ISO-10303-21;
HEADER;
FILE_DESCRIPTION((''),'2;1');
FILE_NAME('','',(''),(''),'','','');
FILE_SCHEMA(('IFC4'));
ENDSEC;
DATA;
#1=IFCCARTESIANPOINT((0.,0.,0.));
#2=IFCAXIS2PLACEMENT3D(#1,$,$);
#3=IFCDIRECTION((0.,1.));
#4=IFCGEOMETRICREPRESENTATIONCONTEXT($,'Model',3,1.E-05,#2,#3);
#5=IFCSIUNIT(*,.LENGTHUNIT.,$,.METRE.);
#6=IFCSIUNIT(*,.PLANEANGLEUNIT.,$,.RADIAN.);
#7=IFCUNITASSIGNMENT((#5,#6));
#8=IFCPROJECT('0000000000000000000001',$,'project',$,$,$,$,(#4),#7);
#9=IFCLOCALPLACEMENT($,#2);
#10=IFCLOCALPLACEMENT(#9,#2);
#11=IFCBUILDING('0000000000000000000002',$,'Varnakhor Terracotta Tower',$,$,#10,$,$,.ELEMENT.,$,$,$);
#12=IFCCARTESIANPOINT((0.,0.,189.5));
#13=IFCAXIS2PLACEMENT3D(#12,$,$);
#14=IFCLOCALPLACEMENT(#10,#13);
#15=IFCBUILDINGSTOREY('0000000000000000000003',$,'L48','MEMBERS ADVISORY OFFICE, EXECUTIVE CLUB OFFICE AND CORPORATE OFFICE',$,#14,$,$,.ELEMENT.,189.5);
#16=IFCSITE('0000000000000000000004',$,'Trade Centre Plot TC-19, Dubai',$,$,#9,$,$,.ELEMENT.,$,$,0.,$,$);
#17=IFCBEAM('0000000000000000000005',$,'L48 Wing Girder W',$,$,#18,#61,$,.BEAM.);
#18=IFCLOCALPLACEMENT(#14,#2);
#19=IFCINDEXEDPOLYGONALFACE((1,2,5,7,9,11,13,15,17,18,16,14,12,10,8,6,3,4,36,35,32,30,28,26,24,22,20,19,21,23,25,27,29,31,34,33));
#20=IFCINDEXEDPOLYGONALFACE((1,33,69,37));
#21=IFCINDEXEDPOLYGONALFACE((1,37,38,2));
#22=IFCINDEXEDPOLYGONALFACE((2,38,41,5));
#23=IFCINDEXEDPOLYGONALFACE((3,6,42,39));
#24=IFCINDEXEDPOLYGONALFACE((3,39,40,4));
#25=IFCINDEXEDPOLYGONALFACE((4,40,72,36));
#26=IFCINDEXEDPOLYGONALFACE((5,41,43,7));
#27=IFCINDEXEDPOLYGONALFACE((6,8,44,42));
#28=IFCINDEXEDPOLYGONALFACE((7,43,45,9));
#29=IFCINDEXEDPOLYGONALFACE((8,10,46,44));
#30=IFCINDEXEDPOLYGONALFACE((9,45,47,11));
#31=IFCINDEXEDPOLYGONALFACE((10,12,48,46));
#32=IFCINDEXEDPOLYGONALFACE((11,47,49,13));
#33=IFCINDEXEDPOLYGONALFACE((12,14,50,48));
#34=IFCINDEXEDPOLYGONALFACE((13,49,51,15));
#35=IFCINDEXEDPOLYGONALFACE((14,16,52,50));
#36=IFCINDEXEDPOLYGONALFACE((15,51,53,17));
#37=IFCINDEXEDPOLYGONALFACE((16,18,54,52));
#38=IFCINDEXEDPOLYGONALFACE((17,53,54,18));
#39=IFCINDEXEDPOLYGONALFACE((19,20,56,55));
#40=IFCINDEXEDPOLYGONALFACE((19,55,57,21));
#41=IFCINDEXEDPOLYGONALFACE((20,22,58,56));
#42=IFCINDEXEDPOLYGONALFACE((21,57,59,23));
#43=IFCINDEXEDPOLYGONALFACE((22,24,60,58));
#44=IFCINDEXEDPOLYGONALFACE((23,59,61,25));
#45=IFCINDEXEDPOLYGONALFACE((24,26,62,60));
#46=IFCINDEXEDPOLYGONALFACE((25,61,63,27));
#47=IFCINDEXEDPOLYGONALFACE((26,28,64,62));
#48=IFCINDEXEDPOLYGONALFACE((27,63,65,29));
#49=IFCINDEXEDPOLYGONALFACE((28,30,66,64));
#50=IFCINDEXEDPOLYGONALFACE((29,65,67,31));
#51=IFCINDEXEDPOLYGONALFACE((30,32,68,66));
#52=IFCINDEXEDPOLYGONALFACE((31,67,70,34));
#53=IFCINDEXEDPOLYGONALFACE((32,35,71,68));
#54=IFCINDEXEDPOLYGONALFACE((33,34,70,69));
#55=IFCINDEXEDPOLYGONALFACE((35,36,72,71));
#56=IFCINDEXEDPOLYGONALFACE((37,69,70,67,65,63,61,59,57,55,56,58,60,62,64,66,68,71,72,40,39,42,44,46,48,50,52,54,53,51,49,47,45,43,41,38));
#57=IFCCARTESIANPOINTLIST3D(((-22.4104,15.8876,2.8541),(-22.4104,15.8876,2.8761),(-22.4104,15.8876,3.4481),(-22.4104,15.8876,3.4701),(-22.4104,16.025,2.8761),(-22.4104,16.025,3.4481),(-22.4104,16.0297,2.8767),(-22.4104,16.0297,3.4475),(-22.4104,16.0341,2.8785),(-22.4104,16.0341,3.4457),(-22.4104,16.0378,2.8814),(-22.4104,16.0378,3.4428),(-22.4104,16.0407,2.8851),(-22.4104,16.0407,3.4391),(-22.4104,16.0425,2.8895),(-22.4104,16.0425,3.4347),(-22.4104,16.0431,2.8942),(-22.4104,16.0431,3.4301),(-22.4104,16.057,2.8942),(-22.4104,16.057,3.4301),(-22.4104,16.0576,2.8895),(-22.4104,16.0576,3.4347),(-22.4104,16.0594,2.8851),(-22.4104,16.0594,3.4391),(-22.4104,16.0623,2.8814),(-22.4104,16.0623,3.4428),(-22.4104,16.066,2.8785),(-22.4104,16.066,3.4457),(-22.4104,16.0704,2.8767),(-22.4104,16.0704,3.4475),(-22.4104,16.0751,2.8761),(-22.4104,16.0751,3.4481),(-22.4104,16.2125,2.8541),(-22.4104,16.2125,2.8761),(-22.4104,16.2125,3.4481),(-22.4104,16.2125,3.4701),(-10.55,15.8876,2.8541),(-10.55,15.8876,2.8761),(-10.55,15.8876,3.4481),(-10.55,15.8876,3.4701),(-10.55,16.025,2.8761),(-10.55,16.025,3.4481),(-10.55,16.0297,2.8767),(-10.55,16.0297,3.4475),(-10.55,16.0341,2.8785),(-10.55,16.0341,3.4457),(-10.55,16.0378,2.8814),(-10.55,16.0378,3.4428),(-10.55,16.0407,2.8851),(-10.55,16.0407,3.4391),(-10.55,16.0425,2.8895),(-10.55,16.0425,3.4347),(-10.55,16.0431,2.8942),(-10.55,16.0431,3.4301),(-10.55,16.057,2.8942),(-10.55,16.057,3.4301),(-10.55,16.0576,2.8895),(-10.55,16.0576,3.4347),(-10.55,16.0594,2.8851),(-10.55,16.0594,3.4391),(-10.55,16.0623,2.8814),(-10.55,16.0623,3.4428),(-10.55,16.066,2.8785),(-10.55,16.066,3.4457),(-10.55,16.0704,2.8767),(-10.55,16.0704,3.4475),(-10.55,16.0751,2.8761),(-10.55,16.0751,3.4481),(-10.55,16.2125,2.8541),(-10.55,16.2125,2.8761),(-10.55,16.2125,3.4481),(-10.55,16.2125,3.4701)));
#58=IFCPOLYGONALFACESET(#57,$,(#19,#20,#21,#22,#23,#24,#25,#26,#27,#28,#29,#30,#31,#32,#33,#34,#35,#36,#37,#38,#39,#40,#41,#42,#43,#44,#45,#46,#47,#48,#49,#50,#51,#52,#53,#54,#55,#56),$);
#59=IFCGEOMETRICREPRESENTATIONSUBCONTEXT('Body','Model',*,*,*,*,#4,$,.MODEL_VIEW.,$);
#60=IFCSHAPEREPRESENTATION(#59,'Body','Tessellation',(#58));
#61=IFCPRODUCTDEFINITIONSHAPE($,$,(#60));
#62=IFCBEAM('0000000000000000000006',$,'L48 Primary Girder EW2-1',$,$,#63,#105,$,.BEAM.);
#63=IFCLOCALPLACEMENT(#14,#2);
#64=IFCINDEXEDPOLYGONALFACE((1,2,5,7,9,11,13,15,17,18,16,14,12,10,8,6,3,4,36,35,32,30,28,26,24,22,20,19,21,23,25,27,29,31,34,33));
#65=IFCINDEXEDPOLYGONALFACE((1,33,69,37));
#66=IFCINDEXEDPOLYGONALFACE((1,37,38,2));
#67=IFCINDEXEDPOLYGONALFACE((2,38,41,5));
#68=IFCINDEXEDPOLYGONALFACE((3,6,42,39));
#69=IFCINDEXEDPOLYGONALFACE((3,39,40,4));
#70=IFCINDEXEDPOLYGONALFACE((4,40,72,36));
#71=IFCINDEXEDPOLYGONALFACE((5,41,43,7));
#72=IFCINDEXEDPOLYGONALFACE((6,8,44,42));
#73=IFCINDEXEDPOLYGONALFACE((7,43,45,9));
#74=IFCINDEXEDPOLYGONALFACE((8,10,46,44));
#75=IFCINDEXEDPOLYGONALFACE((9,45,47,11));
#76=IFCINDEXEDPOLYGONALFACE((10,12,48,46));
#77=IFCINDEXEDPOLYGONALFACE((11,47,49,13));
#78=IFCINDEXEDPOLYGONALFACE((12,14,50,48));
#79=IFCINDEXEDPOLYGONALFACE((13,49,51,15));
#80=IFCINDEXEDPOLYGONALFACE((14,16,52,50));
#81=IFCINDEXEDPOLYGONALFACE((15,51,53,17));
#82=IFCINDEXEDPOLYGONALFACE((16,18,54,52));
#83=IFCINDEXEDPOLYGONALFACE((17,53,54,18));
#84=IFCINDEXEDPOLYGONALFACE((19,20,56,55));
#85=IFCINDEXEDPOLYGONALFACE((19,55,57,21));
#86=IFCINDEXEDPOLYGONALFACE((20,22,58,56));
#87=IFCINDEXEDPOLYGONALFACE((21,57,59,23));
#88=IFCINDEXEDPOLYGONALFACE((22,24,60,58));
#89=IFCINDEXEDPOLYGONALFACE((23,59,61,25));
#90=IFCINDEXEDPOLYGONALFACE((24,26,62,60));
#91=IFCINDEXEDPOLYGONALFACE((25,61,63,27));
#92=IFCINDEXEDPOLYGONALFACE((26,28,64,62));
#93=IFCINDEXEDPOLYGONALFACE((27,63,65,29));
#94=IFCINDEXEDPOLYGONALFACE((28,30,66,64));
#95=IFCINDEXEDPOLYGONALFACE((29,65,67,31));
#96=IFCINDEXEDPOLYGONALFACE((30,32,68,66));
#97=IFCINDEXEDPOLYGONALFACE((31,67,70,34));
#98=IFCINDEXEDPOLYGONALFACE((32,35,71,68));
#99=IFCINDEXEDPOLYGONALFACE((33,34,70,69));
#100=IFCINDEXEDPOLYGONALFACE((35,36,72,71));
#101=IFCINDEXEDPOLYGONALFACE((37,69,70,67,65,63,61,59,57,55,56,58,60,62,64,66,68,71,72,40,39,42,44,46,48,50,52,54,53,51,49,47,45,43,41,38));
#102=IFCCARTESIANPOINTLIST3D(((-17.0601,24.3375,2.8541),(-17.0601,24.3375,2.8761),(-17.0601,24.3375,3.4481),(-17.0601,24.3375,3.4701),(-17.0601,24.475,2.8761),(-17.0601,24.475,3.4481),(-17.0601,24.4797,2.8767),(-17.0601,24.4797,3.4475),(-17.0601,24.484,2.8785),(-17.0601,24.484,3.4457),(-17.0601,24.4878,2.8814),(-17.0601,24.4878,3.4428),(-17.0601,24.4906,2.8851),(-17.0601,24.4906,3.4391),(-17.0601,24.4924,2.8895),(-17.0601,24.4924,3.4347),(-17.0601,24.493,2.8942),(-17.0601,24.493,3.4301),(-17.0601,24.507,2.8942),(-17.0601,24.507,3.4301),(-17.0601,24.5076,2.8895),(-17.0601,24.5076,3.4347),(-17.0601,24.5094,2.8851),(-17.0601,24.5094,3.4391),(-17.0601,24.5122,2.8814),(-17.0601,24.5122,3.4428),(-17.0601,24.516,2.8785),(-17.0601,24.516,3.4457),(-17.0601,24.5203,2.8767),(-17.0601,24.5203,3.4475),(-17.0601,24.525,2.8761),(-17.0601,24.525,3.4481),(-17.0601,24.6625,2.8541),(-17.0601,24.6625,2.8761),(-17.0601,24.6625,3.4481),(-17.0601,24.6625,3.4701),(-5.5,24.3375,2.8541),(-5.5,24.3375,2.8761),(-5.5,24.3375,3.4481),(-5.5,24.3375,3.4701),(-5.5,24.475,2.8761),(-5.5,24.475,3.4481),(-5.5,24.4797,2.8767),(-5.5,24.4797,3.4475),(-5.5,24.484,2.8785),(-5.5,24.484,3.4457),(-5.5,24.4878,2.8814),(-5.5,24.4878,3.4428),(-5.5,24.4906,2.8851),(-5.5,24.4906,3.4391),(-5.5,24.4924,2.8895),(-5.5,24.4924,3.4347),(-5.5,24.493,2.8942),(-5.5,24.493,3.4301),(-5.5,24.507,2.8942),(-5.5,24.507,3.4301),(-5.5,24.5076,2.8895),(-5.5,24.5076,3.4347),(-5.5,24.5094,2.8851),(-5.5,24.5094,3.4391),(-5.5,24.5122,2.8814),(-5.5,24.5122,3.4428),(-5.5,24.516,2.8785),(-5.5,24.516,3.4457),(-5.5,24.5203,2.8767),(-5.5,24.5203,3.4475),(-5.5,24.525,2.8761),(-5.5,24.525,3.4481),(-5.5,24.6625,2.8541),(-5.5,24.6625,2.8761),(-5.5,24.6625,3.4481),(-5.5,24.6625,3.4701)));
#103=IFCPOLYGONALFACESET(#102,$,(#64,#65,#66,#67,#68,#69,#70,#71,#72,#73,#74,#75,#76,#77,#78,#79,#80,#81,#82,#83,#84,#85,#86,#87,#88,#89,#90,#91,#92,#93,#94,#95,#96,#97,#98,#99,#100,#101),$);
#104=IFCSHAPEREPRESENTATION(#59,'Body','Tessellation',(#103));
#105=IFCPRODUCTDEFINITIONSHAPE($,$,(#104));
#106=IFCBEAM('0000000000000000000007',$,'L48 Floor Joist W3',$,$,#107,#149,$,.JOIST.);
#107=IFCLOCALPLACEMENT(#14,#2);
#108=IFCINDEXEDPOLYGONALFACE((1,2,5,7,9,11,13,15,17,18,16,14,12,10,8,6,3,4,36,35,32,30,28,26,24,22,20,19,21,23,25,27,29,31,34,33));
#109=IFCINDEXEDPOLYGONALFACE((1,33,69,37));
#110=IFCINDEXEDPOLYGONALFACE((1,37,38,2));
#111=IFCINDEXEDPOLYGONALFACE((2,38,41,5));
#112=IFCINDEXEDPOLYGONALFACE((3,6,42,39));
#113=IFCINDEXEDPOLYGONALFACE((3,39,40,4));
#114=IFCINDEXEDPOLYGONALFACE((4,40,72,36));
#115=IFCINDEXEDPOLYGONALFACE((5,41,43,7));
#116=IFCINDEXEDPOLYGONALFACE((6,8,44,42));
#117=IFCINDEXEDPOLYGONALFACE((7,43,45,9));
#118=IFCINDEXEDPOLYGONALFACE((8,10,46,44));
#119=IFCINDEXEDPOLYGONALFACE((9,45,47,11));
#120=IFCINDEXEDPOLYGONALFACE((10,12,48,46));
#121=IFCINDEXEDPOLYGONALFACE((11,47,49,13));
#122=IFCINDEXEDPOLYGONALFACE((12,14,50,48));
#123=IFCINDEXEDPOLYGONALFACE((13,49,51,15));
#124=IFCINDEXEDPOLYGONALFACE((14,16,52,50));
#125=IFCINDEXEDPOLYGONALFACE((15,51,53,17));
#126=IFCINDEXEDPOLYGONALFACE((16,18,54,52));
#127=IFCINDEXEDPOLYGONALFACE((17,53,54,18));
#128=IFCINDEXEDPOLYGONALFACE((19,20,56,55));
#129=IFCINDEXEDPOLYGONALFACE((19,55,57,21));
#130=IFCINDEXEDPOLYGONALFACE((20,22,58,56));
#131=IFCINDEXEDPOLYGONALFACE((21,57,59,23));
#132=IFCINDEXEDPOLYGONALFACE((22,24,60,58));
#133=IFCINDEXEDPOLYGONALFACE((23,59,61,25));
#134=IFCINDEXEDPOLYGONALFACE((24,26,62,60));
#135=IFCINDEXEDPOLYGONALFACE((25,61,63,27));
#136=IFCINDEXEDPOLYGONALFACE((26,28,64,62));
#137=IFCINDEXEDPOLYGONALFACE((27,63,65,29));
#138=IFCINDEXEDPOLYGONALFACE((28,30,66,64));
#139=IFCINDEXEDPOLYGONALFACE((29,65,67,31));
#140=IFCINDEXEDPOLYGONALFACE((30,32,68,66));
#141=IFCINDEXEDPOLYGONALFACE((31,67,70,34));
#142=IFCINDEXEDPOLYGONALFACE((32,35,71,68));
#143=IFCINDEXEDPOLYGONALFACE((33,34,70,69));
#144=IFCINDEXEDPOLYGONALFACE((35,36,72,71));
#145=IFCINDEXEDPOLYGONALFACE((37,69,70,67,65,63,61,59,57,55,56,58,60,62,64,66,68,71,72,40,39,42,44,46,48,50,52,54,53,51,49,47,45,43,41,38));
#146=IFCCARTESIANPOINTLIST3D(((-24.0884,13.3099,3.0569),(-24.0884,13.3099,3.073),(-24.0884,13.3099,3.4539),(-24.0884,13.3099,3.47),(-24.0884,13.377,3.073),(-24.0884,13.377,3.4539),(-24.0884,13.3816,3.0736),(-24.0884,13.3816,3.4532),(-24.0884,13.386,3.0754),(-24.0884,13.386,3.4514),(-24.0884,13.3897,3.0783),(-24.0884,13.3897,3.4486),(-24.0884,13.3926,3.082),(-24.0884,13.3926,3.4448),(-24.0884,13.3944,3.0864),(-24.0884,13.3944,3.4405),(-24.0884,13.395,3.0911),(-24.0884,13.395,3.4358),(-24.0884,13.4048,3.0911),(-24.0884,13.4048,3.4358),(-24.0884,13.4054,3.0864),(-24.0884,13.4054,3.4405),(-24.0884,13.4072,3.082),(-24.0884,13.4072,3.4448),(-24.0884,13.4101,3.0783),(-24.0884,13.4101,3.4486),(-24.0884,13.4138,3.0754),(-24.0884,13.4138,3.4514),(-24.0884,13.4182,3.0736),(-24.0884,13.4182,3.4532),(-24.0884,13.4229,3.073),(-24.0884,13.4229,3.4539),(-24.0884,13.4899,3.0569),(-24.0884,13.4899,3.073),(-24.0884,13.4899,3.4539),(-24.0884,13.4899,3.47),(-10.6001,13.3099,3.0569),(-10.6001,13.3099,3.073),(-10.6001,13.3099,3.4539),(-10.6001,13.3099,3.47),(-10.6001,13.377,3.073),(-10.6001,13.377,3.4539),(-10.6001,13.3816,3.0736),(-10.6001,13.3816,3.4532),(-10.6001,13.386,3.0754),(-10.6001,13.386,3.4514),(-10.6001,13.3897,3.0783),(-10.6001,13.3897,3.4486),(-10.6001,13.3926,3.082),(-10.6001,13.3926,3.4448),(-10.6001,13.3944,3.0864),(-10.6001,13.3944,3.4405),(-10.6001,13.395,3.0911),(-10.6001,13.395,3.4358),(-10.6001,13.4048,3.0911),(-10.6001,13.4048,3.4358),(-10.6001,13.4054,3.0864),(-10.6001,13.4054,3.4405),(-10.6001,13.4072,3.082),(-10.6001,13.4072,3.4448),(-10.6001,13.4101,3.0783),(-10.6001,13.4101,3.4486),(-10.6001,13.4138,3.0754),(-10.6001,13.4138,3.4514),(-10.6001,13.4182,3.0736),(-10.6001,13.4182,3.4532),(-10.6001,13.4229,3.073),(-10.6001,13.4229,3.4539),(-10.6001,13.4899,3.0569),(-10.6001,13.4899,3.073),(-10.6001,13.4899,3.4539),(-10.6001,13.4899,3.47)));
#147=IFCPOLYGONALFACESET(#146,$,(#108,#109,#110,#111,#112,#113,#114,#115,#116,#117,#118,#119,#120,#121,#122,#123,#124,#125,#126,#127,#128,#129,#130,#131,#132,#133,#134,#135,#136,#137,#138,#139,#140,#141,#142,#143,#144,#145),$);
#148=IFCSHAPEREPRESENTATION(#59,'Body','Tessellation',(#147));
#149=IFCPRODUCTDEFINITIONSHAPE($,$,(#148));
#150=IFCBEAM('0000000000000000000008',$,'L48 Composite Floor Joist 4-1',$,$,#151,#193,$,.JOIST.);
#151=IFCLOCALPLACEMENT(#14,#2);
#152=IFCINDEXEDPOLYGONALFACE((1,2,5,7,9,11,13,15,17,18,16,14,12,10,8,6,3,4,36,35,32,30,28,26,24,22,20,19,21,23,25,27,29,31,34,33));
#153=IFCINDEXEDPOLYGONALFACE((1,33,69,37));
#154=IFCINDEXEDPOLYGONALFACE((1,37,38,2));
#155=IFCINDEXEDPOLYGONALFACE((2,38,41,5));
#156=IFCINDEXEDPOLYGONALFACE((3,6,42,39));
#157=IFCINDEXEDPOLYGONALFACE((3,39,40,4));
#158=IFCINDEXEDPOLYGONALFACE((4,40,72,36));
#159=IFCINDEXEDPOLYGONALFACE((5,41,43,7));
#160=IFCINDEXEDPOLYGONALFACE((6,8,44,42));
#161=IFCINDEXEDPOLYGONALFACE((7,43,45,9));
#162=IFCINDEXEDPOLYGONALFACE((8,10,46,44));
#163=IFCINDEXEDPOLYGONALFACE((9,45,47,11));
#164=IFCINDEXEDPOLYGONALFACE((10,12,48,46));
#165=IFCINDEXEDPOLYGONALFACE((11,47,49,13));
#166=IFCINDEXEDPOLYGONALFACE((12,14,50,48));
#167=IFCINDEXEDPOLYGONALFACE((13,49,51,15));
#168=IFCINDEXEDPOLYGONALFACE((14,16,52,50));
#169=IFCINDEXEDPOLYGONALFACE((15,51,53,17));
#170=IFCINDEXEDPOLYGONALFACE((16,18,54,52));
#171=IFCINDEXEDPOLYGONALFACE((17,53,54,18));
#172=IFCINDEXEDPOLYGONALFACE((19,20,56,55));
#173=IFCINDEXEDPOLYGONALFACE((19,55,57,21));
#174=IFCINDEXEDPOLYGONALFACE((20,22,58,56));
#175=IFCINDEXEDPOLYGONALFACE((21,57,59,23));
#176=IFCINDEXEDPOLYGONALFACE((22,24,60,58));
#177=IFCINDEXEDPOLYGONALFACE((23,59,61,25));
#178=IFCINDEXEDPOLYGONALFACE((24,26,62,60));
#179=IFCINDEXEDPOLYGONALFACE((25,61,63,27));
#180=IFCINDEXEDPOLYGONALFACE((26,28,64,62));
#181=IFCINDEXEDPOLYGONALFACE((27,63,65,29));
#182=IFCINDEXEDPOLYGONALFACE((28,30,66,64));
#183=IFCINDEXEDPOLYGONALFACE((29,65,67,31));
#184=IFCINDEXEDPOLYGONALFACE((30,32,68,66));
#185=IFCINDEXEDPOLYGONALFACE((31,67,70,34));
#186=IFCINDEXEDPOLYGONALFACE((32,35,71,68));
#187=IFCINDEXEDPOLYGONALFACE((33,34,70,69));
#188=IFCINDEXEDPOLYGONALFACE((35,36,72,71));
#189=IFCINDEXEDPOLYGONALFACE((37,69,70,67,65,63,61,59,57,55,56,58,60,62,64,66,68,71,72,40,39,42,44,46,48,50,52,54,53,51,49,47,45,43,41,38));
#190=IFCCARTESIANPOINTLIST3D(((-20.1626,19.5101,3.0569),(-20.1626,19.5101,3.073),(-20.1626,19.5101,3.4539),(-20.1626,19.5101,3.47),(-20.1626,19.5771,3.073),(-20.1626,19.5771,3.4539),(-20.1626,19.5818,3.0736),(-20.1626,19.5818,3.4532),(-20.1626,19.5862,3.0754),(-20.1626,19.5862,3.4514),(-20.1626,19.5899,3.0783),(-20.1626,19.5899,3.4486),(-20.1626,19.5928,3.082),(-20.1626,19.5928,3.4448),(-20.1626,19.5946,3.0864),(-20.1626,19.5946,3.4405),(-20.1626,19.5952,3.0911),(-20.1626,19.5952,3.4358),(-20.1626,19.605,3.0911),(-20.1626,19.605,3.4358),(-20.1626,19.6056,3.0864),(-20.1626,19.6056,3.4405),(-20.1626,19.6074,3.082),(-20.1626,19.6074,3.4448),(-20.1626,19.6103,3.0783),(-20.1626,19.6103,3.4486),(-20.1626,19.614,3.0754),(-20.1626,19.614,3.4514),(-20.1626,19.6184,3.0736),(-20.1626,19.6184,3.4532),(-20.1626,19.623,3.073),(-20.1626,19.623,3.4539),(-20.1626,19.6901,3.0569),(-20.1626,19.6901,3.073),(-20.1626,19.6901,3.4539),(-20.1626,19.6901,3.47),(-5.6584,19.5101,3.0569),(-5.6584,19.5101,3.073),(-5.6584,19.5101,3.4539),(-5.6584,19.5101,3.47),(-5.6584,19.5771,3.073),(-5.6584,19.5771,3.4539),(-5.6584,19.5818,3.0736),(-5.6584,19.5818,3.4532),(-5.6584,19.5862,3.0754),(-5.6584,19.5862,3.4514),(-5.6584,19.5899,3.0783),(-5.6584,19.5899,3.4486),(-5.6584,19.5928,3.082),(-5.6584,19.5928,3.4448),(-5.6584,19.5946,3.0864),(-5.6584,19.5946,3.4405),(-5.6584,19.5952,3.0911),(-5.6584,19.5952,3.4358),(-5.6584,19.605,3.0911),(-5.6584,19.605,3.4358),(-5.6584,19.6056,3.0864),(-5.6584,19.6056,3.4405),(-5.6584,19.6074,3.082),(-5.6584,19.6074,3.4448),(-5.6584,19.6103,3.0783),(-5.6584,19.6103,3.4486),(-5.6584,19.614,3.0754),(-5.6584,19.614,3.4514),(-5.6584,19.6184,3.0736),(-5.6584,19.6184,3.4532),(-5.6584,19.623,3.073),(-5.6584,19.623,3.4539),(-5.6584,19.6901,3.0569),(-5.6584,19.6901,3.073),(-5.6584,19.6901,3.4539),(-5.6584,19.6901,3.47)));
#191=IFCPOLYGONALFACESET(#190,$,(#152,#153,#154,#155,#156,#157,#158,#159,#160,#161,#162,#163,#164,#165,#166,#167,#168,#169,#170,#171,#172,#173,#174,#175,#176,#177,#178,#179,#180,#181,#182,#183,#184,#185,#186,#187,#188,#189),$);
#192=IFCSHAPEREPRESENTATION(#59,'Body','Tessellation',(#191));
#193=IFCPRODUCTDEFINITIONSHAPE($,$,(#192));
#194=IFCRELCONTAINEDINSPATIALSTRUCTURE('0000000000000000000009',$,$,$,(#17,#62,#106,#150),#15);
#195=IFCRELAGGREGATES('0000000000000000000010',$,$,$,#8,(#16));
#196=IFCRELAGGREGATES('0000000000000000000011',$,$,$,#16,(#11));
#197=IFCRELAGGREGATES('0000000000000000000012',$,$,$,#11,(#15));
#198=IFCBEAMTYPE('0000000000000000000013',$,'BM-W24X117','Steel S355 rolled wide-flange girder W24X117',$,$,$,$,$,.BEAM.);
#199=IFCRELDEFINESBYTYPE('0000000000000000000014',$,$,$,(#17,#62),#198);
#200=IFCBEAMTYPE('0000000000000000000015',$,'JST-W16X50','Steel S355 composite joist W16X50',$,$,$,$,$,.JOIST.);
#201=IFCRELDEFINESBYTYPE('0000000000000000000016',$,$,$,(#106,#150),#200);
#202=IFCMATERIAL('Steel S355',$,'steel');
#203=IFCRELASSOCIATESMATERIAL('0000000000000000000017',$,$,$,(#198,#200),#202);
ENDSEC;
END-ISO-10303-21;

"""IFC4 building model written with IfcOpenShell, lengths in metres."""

from ifc_helpers import new_model, si_unit, direction, frame, origin, origin_2d, place, context, subcontext, project, spatial, i_section, extrude, source, transform, mapped, material, material_profile, profile_set, type_object, element, save


model = new_model("IFC4")

# Units and contexts
model_context = context("Model", 3, precision=1e-05, world=origin(), true_north=direction((0.0, 1.0)))
body_context = subcontext(model_context, "Body", "Model", "MODEL_VIEW")
ifc_project = project(units=[si_unit("LENGTHUNIT", "METRE"), si_unit("PLANEANGLEUNIT", "RADIAN")], contexts=[model_context])

# Site, building, storey
site_placement = place(None, origin())
site = spatial("IfcSite", under=ifc_project, at=site_placement, Name="Trade Centre Plot TC-19, Dubai", CompositionType="ELEMENT", RefElevation=0.0)
building_placement = place(site_placement, origin())
building = spatial("IfcBuilding", under=site, at=building_placement, Name="Varnakhor Terracotta Tower", CompositionType="ELEMENT")
storey_placement = place(building_placement, frame((0.0, 0.0, 189.5)))
storey = spatial("IfcBuildingStorey", under=building, at=storey_placement, Name="L48", Description="MEMBERS ADVISORY OFFICE, EXECUTIVE CLUB OFFICE AND CORPORATE OFFICE", CompositionType="ELEMENT", Elevation=189.5)

# Beams
ifc_material_1 = material(Name="Steel S355", Category="steel")
ifc_material_profile_1 = material_profile(ifc_material_1, i_section(OverallWidth=0.325, OverallDepth=0.616, WebThickness=0.0139, FlangeThickness=0.022, FilletRadius=0.0181, at=origin_2d()), Name="W24X117")
ifc_profile_set_1 = profile_set([ifc_material_profile_1], Name="Steel S355")
beam_type_1 = type_object("IfcBeamType", Name="BM-W24X117", Description="Steel S355 rolled wide-flange girder W24X117", PredefinedType="BEAM", material=ifc_profile_set_1)
shared_shape_1 = source(origin(), body_context, "Body", "SweptSolid", [
    extrude(i_section(OverallWidth=0.325, OverallDepth=0.616, WebThickness=0.0139, FlangeThickness=0.022, FilletRadius=0.0181, at=origin_2d()), origin(), (0.0, 0.0, 1.0), 11.8604),
])
beam_1_placement = place(storey_placement, frame((-22.4104, 16.05, 3.1621), z_axis=(1.0, 0.0, 0.0), x_axis=(0.0, 1.0, 0.0)))
element("IfcBeam", 1, at=beam_1_placement, inside=storey, type_object=beam_type_1, Name="L48 Wing Girder W", PredefinedType="BEAM", context=body_context, shape_type="MappedRepresentation", body=[
    mapped(shared_shape_1, transform((0.0, 0.0, 0.0), scale=1.0)),
])
shared_shape_2 = source(origin(), body_context, "Body", "SweptSolid", [
    extrude(i_section(OverallWidth=0.325, OverallDepth=0.616, WebThickness=0.0139, FlangeThickness=0.022, FilletRadius=0.0181, at=origin_2d()), origin(), (0.0, 0.0, 1.0), 11.5601),
])
beam_2_placement = place(storey_placement, frame((-17.0601, 24.5, 3.1621), z_axis=(1.0, 0.0, 0.0), x_axis=(0.0, 1.0, 0.0)))
element("IfcBeam", 2, at=beam_2_placement, inside=storey, type_object=beam_type_1, Name="L48 Primary Girder EW2-1", PredefinedType="BEAM", context=body_context, shape_type="MappedRepresentation", body=[
    mapped(shared_shape_2, transform((0.0, 0.0, 0.0), scale=1.0)),
])
ifc_material_profile_2 = material_profile(ifc_material_1, i_section(OverallWidth=0.1799, OverallDepth=0.4131, WebThickness=0.0098, FlangeThickness=0.0161, FilletRadius=0.0181, at=origin_2d()), Name="W16X50")
ifc_profile_set_2 = profile_set([ifc_material_profile_2], Name="Steel S355")
beam_type_2 = type_object("IfcBeamType", Name="JST-W16X50", Description="Steel S355 composite joist W16X50", PredefinedType="JOIST", material=ifc_profile_set_2)
shared_shape_3 = source(origin(), body_context, "Body", "SweptSolid", [
    extrude(i_section(OverallWidth=0.1799, OverallDepth=0.4131, WebThickness=0.0098, FlangeThickness=0.0161, FilletRadius=0.0181, at=origin_2d()), origin(), (0.0, 0.0, 1.0), 13.4883),
])
beam_3_placement = place(storey_placement, frame((-24.0884, 13.3999, 3.2634), z_axis=(1.0, 0.0, 0.0), x_axis=(0.0, 1.0, 0.0)))
element("IfcBeam", 3, at=beam_3_placement, inside=storey, type_object=beam_type_2, Name="L48 Floor Joist W3", PredefinedType="JOIST", context=body_context, shape_type="MappedRepresentation", body=[
    mapped(shared_shape_3, transform((0.0, 0.0, 0.0), scale=1.0)),
])
shared_shape_4 = source(origin(), body_context, "Body", "SweptSolid", [
    extrude(i_section(OverallWidth=0.1799, OverallDepth=0.4131, WebThickness=0.0098, FlangeThickness=0.0161, FilletRadius=0.0181, at=origin_2d()), origin(), (0.0, 0.0, 1.0), 14.5042),
])
beam_4_placement = place(storey_placement, frame((-20.1626, 19.6001, 3.2634), z_axis=(1.0, 0.0, 0.0), x_axis=(0.0, 1.0, 0.0)))
element("IfcBeam", 4, at=beam_4_placement, inside=storey, type_object=beam_type_2, Name="L48 Composite Floor Joist 4-1", PredefinedType="JOIST", context=body_context, shape_type="MappedRepresentation", body=[
    mapped(shared_shape_4, transform((0.0, 0.0, 0.0), scale=1.0)),
])

save(model, "model.ifc")
